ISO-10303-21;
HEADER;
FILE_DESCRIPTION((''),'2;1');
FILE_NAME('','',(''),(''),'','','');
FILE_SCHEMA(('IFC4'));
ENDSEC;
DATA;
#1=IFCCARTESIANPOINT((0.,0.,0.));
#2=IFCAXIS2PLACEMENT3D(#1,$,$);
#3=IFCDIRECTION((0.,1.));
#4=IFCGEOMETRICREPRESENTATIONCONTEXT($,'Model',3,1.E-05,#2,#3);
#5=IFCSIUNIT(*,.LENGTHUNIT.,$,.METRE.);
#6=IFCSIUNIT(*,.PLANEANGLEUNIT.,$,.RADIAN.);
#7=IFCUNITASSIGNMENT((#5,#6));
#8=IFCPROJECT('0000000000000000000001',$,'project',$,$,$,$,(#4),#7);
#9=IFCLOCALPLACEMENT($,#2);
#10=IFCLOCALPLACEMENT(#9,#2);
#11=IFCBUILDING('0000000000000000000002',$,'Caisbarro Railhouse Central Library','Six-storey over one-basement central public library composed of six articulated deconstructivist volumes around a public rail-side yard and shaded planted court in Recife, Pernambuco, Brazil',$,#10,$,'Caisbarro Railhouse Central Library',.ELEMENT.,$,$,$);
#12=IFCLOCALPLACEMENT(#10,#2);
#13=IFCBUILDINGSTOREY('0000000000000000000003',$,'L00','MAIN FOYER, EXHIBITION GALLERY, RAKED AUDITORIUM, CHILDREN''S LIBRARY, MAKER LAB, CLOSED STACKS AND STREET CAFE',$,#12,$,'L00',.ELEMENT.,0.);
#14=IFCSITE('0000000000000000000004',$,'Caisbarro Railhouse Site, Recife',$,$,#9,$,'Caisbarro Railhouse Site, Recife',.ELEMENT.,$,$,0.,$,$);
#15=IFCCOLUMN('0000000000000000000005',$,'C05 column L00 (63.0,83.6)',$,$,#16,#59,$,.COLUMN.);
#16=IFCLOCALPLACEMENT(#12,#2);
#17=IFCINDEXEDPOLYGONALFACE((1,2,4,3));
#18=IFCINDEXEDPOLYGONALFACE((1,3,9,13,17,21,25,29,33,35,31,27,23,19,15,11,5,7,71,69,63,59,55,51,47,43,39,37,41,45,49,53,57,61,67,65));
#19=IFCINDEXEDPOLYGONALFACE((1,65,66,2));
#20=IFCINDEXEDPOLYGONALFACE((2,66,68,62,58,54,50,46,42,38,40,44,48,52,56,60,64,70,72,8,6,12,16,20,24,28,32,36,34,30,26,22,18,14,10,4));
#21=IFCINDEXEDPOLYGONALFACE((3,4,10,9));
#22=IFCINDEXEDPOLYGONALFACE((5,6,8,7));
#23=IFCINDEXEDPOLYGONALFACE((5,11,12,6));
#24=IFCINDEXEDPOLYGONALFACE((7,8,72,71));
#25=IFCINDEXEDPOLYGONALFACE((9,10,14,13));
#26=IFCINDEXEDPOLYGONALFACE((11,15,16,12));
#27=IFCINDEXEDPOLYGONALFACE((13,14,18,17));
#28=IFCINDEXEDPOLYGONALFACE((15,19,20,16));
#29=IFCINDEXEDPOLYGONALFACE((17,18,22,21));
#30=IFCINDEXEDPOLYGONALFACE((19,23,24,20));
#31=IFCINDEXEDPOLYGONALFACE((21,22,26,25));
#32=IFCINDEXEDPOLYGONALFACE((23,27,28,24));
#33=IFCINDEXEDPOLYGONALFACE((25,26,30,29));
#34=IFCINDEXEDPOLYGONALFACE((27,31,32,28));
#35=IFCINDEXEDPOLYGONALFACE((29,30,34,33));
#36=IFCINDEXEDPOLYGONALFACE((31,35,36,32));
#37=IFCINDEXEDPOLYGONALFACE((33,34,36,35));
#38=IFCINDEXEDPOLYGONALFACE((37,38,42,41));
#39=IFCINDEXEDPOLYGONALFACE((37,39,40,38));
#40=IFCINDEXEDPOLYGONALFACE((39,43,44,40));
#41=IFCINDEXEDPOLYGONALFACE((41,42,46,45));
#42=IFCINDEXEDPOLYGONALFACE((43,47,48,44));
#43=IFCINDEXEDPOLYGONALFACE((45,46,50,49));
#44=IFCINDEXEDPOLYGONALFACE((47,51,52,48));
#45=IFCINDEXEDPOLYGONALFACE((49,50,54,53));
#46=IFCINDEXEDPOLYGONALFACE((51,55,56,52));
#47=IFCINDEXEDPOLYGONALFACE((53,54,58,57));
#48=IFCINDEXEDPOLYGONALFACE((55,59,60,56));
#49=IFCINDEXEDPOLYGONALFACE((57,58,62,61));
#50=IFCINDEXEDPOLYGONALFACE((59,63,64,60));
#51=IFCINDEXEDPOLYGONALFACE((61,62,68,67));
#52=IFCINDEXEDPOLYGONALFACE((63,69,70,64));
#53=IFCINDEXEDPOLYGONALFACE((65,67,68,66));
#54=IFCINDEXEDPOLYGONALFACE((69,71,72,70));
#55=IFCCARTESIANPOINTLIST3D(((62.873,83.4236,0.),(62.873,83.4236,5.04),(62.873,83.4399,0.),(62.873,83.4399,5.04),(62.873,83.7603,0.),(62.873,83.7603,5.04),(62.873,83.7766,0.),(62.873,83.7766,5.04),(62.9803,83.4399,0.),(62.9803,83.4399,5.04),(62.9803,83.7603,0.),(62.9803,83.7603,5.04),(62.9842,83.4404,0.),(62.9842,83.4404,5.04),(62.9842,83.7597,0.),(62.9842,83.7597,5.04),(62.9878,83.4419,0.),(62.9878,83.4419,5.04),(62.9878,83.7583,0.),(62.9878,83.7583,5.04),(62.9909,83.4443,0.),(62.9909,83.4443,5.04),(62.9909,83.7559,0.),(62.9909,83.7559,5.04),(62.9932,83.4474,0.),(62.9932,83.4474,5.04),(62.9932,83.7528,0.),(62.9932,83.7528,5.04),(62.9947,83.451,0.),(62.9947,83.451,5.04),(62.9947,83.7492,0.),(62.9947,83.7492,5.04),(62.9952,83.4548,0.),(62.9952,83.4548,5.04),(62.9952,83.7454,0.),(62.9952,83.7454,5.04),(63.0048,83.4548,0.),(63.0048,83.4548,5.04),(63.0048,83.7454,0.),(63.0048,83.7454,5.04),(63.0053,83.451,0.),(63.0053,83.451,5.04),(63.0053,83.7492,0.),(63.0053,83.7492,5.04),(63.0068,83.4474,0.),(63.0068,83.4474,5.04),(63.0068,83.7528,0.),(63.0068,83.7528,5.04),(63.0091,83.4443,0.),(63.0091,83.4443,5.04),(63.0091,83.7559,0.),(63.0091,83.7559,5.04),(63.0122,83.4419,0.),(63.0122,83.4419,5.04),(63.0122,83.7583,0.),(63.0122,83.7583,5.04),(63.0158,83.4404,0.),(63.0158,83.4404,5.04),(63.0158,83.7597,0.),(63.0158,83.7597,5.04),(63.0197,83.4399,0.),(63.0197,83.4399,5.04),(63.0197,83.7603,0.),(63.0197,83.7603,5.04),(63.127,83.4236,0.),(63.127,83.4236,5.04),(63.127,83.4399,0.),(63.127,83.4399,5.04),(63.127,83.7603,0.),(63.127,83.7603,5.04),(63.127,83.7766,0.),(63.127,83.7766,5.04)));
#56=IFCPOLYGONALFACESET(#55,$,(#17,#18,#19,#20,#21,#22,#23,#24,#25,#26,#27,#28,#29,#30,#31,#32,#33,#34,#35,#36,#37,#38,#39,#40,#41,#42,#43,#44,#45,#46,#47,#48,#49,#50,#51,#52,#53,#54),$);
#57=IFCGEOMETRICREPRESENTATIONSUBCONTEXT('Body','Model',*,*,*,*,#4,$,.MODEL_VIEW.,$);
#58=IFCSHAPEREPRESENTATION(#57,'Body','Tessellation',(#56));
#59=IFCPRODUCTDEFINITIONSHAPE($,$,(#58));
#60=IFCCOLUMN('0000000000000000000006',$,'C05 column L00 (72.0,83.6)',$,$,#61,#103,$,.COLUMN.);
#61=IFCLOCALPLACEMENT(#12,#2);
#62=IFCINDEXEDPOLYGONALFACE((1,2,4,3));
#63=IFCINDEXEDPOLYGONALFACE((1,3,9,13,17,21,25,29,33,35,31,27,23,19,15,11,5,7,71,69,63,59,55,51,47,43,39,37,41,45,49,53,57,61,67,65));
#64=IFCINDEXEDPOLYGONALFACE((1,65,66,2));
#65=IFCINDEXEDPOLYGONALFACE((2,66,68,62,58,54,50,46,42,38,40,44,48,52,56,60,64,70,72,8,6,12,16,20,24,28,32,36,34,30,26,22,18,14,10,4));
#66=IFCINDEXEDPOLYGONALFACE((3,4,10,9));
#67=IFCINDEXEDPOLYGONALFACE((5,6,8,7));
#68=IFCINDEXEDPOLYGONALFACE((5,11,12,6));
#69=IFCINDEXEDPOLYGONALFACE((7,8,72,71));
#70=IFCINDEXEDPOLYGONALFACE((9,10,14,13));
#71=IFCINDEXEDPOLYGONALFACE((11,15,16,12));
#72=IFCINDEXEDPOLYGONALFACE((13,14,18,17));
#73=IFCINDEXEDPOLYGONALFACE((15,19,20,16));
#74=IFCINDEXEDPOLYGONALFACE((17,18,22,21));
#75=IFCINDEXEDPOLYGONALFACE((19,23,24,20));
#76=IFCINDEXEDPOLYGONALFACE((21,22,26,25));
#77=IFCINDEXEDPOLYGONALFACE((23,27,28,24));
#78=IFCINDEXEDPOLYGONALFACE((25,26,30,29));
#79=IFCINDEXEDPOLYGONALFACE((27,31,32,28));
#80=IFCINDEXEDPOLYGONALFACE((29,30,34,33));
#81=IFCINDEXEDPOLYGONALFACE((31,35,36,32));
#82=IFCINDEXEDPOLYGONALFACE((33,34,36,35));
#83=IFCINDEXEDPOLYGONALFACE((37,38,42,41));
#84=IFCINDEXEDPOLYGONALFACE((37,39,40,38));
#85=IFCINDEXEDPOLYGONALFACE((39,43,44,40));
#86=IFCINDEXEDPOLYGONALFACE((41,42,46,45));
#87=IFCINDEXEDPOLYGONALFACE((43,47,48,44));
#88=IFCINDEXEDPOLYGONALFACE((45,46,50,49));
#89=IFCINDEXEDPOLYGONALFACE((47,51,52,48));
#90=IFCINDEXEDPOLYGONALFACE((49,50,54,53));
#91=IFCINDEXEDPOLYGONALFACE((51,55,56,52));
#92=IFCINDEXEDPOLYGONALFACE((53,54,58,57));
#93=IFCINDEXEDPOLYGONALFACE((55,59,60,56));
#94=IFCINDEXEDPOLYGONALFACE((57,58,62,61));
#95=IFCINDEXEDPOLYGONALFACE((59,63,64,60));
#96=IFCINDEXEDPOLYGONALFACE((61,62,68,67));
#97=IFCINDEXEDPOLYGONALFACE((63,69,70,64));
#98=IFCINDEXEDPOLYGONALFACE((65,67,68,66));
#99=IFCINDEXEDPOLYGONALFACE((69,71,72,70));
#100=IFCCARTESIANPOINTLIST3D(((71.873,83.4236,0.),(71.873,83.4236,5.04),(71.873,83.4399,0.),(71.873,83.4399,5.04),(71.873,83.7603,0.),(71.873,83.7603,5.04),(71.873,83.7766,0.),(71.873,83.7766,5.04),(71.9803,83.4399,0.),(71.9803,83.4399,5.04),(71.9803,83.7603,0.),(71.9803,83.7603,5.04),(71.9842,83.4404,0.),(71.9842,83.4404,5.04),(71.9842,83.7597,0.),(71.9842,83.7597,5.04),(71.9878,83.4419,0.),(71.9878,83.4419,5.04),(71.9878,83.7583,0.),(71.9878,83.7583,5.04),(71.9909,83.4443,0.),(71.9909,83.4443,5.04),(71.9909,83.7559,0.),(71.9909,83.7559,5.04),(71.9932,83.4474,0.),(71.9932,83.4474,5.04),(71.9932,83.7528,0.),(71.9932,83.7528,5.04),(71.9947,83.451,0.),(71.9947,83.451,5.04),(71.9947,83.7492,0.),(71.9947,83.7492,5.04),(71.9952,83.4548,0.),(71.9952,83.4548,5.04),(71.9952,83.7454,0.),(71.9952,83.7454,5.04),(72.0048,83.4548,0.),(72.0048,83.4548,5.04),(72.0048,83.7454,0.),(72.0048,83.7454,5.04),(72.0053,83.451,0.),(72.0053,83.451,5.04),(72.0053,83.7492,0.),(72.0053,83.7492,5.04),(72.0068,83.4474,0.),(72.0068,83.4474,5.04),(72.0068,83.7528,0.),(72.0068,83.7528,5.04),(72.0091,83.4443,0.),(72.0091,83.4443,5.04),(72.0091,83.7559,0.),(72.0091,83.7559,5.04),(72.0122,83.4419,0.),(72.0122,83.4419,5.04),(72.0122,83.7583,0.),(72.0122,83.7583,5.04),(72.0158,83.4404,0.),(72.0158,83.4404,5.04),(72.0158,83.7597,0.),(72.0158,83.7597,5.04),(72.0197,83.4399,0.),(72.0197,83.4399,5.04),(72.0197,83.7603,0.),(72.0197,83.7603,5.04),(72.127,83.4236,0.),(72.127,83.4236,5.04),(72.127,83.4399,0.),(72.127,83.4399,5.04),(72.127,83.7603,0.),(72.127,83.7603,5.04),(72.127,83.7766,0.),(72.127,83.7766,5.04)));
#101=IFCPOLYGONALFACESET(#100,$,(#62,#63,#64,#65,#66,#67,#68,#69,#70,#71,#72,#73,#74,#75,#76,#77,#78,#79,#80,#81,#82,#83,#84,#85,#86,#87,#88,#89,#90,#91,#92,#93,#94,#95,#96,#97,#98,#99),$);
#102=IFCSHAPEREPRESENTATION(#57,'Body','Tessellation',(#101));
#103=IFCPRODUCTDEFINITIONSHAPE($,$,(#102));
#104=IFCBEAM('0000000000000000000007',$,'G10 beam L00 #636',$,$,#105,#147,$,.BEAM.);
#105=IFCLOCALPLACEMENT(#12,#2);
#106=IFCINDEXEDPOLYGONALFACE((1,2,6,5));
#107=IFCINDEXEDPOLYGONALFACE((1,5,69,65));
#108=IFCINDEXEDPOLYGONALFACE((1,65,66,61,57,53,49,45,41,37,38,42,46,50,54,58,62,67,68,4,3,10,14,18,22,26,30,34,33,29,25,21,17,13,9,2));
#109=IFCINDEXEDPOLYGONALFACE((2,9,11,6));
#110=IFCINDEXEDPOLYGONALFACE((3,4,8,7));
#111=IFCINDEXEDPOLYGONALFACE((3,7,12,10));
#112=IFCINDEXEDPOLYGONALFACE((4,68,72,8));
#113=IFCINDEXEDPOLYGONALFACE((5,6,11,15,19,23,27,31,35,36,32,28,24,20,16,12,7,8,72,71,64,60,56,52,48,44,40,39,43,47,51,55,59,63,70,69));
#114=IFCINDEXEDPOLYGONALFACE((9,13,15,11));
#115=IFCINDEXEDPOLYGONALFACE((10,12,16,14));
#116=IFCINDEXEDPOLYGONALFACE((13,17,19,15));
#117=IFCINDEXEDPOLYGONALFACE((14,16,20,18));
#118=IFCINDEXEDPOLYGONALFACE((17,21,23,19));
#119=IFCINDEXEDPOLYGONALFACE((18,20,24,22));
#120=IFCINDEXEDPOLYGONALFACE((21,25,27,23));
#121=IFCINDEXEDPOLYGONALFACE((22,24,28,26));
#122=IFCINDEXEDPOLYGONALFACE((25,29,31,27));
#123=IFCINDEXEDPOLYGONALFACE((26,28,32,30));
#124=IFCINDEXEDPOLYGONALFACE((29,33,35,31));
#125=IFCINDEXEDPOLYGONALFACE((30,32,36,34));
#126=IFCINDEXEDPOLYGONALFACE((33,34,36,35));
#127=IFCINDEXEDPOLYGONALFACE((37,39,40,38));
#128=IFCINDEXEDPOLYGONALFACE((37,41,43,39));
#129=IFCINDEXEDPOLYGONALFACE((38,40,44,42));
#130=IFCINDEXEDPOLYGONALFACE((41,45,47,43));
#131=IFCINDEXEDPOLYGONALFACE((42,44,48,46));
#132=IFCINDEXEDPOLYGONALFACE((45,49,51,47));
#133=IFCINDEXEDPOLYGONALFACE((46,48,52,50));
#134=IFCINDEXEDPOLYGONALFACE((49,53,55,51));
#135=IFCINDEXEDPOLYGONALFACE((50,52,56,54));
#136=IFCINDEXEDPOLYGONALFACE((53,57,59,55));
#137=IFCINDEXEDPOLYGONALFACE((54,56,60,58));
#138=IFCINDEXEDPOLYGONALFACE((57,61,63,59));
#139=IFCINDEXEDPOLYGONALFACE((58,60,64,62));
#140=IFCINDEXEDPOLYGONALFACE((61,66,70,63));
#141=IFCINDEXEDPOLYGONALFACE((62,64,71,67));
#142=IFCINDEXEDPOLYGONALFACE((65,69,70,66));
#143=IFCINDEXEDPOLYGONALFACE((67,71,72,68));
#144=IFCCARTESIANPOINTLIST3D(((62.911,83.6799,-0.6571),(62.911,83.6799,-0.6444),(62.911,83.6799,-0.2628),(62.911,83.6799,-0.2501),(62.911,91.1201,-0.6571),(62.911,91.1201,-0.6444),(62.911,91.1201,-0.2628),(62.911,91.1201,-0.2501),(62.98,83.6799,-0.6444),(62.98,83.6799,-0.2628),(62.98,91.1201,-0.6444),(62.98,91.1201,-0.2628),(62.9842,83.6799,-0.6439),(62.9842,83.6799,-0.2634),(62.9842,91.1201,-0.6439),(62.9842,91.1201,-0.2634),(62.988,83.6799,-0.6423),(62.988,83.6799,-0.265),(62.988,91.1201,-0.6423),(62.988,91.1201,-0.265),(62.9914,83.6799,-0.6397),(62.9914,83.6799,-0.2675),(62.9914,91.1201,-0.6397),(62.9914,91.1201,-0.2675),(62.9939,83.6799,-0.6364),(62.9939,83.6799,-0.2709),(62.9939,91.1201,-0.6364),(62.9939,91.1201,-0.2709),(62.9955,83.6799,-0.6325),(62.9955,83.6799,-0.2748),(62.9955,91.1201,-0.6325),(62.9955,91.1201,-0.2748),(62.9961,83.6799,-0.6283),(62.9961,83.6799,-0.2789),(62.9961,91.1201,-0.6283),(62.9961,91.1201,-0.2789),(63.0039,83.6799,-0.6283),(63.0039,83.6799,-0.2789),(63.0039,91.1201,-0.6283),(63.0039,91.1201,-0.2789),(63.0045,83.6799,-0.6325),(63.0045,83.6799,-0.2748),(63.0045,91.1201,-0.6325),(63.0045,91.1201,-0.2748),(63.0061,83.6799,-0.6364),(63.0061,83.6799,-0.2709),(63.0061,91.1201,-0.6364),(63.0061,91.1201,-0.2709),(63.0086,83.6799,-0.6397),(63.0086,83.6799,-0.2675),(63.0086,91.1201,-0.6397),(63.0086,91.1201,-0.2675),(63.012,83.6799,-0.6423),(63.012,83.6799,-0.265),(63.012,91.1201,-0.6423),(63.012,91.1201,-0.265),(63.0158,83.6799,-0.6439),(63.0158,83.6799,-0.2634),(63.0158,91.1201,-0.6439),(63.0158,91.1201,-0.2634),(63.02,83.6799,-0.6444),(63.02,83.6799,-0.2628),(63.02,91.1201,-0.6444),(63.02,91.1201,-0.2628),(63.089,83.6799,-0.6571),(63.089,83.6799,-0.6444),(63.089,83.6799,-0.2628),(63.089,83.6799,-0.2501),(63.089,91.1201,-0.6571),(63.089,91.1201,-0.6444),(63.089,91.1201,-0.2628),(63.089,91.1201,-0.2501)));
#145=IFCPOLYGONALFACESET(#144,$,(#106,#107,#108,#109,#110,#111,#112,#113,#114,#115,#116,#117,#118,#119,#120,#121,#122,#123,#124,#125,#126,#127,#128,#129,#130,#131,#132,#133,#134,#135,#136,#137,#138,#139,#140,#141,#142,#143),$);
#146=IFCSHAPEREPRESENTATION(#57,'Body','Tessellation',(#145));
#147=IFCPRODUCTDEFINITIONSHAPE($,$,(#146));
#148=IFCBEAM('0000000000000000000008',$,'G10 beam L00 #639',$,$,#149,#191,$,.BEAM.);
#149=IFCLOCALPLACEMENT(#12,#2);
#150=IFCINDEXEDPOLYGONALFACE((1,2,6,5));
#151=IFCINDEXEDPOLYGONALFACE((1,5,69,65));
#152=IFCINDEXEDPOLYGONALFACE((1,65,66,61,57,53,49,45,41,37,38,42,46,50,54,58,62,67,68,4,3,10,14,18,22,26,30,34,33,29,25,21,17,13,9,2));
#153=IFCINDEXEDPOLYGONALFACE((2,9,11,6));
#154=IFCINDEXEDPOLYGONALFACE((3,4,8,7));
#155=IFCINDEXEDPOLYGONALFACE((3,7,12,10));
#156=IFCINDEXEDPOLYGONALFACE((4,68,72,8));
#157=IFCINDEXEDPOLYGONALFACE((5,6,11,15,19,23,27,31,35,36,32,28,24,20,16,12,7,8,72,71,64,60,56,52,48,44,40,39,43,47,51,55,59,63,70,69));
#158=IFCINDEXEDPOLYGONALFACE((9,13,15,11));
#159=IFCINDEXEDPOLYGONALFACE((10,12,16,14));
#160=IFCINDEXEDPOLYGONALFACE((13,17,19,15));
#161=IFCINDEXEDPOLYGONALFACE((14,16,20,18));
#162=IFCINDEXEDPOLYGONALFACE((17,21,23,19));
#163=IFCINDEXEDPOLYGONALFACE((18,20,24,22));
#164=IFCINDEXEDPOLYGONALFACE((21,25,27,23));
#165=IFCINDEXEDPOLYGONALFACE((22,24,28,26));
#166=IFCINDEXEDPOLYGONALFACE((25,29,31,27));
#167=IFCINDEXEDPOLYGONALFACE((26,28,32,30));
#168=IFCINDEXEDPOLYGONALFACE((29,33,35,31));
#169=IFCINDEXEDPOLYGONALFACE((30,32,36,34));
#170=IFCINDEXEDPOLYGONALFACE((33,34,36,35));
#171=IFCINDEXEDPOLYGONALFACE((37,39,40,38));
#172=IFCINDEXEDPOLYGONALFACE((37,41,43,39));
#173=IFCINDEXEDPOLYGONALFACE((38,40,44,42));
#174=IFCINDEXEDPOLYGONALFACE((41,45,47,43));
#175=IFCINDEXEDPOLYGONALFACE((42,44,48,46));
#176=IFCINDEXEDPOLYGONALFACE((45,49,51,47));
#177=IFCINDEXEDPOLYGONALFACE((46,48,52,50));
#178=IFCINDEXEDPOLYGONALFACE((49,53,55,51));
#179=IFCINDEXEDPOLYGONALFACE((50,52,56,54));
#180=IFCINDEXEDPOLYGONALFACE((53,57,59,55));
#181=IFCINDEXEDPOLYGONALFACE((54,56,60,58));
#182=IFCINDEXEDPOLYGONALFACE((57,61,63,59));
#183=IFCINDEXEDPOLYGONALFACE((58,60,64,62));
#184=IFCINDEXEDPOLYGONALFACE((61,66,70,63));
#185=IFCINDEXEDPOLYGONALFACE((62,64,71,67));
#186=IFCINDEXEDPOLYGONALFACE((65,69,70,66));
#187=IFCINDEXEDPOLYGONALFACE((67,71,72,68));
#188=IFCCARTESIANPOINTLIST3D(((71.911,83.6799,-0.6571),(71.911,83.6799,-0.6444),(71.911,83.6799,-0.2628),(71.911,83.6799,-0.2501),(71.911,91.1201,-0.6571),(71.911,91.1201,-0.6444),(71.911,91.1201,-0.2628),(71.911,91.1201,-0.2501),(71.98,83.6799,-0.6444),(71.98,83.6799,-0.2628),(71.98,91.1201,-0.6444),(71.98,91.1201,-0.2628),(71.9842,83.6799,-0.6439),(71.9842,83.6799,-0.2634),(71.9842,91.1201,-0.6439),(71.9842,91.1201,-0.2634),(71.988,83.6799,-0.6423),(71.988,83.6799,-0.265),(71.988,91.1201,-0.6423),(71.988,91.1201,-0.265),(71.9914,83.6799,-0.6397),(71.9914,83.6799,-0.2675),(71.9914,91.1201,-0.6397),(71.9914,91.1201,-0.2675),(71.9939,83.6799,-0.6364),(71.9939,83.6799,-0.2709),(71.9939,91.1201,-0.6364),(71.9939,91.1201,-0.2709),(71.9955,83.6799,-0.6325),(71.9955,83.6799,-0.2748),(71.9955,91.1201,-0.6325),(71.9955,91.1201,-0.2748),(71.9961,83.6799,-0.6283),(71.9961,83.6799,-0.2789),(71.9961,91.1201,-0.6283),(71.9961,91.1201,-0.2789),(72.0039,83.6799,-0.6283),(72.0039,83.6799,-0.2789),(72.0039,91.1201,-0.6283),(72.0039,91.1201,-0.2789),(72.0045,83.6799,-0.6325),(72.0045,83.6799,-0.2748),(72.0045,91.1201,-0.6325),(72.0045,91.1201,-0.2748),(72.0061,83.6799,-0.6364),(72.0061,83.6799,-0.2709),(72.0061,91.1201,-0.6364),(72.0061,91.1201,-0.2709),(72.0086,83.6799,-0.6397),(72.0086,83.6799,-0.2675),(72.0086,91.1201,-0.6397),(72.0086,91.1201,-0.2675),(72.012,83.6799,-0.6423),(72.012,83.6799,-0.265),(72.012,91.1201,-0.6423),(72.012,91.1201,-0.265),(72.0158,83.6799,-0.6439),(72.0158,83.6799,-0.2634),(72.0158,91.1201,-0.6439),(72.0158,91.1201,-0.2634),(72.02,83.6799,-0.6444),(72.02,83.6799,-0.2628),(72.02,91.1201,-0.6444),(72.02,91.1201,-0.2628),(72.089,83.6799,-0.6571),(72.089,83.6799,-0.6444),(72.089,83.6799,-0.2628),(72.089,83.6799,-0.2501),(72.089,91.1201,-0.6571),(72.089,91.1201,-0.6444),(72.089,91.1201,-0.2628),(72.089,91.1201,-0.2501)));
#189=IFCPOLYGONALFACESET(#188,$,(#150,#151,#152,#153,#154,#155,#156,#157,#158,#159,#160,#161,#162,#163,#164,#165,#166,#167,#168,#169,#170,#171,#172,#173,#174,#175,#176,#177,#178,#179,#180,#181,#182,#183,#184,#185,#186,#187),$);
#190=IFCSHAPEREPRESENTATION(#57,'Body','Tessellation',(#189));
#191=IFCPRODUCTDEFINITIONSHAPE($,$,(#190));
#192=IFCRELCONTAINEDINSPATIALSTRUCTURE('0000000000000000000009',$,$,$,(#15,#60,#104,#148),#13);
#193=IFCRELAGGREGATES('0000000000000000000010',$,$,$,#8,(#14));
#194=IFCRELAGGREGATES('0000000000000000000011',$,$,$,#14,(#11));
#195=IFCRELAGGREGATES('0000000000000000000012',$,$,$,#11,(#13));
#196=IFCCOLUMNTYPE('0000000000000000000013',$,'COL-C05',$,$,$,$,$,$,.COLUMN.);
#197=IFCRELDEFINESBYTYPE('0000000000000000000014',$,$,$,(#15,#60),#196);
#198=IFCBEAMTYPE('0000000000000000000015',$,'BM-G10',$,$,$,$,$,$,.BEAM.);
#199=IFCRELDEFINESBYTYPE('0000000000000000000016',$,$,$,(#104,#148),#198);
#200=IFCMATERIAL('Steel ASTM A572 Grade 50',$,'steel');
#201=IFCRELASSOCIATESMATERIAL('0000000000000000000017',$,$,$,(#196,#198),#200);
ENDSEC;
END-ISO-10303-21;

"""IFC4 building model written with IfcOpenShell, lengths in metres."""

from ifc_helpers import new_model, si_unit, direction, frame, origin, origin_2d, place, context, subcontext, project, spatial, i_section, extrude, material, material_profile, profile_set, type_object, element, save


model = new_model("IFC4")

# Units and contexts
model_context = context("Model", 3, precision=1e-05, world=origin(), true_north=direction((0.0, 1.0)))
body_context = subcontext(model_context, "Body", "Model", "MODEL_VIEW")
ifc_project = project(units=[si_unit("LENGTHUNIT", "METRE"), si_unit("PLANEANGLEUNIT", "RADIAN")], contexts=[model_context])

# Site, building, storey
site_placement = place(None, origin())
site = spatial("IfcSite", under=ifc_project, at=site_placement, Name="Caisbarro Railhouse Site, Recife", LongName="Caisbarro Railhouse Site, Recife", CompositionType="ELEMENT", RefElevation=0.0)
building_placement = place(site_placement, origin())
building = spatial("IfcBuilding", under=site, at=building_placement, Name="Caisbarro Railhouse Central Library", Description="Six-storey over one-basement central public library composed of six articulated deconstructivist volumes around a public rail-side yard and shaded planted court in Recife, Pernambuco, Brazil", LongName="Caisbarro Railhouse Central Library", CompositionType="ELEMENT")
storey_placement = place(building_placement, origin())
storey = spatial("IfcBuildingStorey", under=building, at=storey_placement, Name="L00", Description="MAIN FOYER, EXHIBITION GALLERY, RAKED AUDITORIUM, CHILDREN'S LIBRARY, MAKER LAB, CLOSED STACKS AND STREET CAFE", LongName="L00", CompositionType="ELEMENT", Elevation=0.0)

# Columns
ifc_material_1 = material(Name="Steel ASTM A572 Grade 50", Category="steel")
ifc_material_profile_1 = material_profile(ifc_material_1, i_section(OverallWidth=0.2539, OverallDepth=0.353, WebThickness=0.0095, FlangeThickness=0.0164, FilletRadius=0.0149, at=origin_2d()), Name="W360X91.0")
ifc_profile_set_1 = profile_set([ifc_material_profile_1], Name="Steel ASTM A572 Grade 50")
column_type = type_object("IfcColumnType", Name="COL-C05", PredefinedType="COLUMN", material=ifc_profile_set_1)
for number, where, z_axis, x_axis, name in (
    (1, (63.0, 83.6001, 0.0), (0.0, 0.0, 1.0), (1.0, 0.0, 0.0), "C05 column L00 (63.0,83.6)"),
    (2, (72.0, 83.6001, 0.0), (0.0, 0.0, 1.0), (1.0, 0.0, 0.0), "C05 column L00 (72.0,83.6)"),
):
    element("IfcColumn", number, at=place(storey_placement, frame(where, z_axis=z_axis, x_axis=x_axis)), inside=storey, type_object=column_type, Name=name, PredefinedType="COLUMN", context=body_context, shape_type="SweptSolid", body=[
        extrude(i_section(OverallWidth=0.2539, OverallDepth=0.353, WebThickness=0.0095, FlangeThickness=0.0164, FilletRadius=0.0149, at=origin_2d()), origin(), (0.0, 0.0, 1.0), 5.04),
    ])

# Beams
ifc_material_profile_2 = material_profile(ifc_material_1, i_section(OverallWidth=0.178, OverallDepth=0.407, WebThickness=0.0078, FlangeThickness=0.0127, FilletRadius=0.0161, at=origin_2d()), Name="W410X60.0")
ifc_profile_set_2 = profile_set([ifc_material_profile_2], Name="Steel ASTM A572 Grade 50")
beam_type_1 = type_object("IfcBeamType", Name="BM-G10", PredefinedType="BEAM", material=ifc_profile_set_2)
for number, where, z_axis, x_axis, name in (
    (3, (63.0, 83.6799, -0.4536), (0.0, 1.0, 0.0), (-1.0, 0.0, 0.0), "G10 beam L00 #636"),
    (4, (72.0, 83.6799, -0.4536), (0.0, 1.0, 0.0), (-1.0, 0.0, 0.0), "G10 beam L00 #639"),
):
    element("IfcBeam", number, at=place(storey_placement, frame(where, z_axis=z_axis, x_axis=x_axis)), inside=storey, type_object=beam_type_1, Name=name, PredefinedType="BEAM", context=body_context, shape_type="SweptSolid", body=[
        extrude(i_section(OverallWidth=0.178, OverallDepth=0.407, WebThickness=0.0078, FlangeThickness=0.0127, FilletRadius=0.0161, at=origin_2d()), origin(), (0.0, 0.0, 1.0), 7.4402),
    ])

save(model, "model.ifc")
